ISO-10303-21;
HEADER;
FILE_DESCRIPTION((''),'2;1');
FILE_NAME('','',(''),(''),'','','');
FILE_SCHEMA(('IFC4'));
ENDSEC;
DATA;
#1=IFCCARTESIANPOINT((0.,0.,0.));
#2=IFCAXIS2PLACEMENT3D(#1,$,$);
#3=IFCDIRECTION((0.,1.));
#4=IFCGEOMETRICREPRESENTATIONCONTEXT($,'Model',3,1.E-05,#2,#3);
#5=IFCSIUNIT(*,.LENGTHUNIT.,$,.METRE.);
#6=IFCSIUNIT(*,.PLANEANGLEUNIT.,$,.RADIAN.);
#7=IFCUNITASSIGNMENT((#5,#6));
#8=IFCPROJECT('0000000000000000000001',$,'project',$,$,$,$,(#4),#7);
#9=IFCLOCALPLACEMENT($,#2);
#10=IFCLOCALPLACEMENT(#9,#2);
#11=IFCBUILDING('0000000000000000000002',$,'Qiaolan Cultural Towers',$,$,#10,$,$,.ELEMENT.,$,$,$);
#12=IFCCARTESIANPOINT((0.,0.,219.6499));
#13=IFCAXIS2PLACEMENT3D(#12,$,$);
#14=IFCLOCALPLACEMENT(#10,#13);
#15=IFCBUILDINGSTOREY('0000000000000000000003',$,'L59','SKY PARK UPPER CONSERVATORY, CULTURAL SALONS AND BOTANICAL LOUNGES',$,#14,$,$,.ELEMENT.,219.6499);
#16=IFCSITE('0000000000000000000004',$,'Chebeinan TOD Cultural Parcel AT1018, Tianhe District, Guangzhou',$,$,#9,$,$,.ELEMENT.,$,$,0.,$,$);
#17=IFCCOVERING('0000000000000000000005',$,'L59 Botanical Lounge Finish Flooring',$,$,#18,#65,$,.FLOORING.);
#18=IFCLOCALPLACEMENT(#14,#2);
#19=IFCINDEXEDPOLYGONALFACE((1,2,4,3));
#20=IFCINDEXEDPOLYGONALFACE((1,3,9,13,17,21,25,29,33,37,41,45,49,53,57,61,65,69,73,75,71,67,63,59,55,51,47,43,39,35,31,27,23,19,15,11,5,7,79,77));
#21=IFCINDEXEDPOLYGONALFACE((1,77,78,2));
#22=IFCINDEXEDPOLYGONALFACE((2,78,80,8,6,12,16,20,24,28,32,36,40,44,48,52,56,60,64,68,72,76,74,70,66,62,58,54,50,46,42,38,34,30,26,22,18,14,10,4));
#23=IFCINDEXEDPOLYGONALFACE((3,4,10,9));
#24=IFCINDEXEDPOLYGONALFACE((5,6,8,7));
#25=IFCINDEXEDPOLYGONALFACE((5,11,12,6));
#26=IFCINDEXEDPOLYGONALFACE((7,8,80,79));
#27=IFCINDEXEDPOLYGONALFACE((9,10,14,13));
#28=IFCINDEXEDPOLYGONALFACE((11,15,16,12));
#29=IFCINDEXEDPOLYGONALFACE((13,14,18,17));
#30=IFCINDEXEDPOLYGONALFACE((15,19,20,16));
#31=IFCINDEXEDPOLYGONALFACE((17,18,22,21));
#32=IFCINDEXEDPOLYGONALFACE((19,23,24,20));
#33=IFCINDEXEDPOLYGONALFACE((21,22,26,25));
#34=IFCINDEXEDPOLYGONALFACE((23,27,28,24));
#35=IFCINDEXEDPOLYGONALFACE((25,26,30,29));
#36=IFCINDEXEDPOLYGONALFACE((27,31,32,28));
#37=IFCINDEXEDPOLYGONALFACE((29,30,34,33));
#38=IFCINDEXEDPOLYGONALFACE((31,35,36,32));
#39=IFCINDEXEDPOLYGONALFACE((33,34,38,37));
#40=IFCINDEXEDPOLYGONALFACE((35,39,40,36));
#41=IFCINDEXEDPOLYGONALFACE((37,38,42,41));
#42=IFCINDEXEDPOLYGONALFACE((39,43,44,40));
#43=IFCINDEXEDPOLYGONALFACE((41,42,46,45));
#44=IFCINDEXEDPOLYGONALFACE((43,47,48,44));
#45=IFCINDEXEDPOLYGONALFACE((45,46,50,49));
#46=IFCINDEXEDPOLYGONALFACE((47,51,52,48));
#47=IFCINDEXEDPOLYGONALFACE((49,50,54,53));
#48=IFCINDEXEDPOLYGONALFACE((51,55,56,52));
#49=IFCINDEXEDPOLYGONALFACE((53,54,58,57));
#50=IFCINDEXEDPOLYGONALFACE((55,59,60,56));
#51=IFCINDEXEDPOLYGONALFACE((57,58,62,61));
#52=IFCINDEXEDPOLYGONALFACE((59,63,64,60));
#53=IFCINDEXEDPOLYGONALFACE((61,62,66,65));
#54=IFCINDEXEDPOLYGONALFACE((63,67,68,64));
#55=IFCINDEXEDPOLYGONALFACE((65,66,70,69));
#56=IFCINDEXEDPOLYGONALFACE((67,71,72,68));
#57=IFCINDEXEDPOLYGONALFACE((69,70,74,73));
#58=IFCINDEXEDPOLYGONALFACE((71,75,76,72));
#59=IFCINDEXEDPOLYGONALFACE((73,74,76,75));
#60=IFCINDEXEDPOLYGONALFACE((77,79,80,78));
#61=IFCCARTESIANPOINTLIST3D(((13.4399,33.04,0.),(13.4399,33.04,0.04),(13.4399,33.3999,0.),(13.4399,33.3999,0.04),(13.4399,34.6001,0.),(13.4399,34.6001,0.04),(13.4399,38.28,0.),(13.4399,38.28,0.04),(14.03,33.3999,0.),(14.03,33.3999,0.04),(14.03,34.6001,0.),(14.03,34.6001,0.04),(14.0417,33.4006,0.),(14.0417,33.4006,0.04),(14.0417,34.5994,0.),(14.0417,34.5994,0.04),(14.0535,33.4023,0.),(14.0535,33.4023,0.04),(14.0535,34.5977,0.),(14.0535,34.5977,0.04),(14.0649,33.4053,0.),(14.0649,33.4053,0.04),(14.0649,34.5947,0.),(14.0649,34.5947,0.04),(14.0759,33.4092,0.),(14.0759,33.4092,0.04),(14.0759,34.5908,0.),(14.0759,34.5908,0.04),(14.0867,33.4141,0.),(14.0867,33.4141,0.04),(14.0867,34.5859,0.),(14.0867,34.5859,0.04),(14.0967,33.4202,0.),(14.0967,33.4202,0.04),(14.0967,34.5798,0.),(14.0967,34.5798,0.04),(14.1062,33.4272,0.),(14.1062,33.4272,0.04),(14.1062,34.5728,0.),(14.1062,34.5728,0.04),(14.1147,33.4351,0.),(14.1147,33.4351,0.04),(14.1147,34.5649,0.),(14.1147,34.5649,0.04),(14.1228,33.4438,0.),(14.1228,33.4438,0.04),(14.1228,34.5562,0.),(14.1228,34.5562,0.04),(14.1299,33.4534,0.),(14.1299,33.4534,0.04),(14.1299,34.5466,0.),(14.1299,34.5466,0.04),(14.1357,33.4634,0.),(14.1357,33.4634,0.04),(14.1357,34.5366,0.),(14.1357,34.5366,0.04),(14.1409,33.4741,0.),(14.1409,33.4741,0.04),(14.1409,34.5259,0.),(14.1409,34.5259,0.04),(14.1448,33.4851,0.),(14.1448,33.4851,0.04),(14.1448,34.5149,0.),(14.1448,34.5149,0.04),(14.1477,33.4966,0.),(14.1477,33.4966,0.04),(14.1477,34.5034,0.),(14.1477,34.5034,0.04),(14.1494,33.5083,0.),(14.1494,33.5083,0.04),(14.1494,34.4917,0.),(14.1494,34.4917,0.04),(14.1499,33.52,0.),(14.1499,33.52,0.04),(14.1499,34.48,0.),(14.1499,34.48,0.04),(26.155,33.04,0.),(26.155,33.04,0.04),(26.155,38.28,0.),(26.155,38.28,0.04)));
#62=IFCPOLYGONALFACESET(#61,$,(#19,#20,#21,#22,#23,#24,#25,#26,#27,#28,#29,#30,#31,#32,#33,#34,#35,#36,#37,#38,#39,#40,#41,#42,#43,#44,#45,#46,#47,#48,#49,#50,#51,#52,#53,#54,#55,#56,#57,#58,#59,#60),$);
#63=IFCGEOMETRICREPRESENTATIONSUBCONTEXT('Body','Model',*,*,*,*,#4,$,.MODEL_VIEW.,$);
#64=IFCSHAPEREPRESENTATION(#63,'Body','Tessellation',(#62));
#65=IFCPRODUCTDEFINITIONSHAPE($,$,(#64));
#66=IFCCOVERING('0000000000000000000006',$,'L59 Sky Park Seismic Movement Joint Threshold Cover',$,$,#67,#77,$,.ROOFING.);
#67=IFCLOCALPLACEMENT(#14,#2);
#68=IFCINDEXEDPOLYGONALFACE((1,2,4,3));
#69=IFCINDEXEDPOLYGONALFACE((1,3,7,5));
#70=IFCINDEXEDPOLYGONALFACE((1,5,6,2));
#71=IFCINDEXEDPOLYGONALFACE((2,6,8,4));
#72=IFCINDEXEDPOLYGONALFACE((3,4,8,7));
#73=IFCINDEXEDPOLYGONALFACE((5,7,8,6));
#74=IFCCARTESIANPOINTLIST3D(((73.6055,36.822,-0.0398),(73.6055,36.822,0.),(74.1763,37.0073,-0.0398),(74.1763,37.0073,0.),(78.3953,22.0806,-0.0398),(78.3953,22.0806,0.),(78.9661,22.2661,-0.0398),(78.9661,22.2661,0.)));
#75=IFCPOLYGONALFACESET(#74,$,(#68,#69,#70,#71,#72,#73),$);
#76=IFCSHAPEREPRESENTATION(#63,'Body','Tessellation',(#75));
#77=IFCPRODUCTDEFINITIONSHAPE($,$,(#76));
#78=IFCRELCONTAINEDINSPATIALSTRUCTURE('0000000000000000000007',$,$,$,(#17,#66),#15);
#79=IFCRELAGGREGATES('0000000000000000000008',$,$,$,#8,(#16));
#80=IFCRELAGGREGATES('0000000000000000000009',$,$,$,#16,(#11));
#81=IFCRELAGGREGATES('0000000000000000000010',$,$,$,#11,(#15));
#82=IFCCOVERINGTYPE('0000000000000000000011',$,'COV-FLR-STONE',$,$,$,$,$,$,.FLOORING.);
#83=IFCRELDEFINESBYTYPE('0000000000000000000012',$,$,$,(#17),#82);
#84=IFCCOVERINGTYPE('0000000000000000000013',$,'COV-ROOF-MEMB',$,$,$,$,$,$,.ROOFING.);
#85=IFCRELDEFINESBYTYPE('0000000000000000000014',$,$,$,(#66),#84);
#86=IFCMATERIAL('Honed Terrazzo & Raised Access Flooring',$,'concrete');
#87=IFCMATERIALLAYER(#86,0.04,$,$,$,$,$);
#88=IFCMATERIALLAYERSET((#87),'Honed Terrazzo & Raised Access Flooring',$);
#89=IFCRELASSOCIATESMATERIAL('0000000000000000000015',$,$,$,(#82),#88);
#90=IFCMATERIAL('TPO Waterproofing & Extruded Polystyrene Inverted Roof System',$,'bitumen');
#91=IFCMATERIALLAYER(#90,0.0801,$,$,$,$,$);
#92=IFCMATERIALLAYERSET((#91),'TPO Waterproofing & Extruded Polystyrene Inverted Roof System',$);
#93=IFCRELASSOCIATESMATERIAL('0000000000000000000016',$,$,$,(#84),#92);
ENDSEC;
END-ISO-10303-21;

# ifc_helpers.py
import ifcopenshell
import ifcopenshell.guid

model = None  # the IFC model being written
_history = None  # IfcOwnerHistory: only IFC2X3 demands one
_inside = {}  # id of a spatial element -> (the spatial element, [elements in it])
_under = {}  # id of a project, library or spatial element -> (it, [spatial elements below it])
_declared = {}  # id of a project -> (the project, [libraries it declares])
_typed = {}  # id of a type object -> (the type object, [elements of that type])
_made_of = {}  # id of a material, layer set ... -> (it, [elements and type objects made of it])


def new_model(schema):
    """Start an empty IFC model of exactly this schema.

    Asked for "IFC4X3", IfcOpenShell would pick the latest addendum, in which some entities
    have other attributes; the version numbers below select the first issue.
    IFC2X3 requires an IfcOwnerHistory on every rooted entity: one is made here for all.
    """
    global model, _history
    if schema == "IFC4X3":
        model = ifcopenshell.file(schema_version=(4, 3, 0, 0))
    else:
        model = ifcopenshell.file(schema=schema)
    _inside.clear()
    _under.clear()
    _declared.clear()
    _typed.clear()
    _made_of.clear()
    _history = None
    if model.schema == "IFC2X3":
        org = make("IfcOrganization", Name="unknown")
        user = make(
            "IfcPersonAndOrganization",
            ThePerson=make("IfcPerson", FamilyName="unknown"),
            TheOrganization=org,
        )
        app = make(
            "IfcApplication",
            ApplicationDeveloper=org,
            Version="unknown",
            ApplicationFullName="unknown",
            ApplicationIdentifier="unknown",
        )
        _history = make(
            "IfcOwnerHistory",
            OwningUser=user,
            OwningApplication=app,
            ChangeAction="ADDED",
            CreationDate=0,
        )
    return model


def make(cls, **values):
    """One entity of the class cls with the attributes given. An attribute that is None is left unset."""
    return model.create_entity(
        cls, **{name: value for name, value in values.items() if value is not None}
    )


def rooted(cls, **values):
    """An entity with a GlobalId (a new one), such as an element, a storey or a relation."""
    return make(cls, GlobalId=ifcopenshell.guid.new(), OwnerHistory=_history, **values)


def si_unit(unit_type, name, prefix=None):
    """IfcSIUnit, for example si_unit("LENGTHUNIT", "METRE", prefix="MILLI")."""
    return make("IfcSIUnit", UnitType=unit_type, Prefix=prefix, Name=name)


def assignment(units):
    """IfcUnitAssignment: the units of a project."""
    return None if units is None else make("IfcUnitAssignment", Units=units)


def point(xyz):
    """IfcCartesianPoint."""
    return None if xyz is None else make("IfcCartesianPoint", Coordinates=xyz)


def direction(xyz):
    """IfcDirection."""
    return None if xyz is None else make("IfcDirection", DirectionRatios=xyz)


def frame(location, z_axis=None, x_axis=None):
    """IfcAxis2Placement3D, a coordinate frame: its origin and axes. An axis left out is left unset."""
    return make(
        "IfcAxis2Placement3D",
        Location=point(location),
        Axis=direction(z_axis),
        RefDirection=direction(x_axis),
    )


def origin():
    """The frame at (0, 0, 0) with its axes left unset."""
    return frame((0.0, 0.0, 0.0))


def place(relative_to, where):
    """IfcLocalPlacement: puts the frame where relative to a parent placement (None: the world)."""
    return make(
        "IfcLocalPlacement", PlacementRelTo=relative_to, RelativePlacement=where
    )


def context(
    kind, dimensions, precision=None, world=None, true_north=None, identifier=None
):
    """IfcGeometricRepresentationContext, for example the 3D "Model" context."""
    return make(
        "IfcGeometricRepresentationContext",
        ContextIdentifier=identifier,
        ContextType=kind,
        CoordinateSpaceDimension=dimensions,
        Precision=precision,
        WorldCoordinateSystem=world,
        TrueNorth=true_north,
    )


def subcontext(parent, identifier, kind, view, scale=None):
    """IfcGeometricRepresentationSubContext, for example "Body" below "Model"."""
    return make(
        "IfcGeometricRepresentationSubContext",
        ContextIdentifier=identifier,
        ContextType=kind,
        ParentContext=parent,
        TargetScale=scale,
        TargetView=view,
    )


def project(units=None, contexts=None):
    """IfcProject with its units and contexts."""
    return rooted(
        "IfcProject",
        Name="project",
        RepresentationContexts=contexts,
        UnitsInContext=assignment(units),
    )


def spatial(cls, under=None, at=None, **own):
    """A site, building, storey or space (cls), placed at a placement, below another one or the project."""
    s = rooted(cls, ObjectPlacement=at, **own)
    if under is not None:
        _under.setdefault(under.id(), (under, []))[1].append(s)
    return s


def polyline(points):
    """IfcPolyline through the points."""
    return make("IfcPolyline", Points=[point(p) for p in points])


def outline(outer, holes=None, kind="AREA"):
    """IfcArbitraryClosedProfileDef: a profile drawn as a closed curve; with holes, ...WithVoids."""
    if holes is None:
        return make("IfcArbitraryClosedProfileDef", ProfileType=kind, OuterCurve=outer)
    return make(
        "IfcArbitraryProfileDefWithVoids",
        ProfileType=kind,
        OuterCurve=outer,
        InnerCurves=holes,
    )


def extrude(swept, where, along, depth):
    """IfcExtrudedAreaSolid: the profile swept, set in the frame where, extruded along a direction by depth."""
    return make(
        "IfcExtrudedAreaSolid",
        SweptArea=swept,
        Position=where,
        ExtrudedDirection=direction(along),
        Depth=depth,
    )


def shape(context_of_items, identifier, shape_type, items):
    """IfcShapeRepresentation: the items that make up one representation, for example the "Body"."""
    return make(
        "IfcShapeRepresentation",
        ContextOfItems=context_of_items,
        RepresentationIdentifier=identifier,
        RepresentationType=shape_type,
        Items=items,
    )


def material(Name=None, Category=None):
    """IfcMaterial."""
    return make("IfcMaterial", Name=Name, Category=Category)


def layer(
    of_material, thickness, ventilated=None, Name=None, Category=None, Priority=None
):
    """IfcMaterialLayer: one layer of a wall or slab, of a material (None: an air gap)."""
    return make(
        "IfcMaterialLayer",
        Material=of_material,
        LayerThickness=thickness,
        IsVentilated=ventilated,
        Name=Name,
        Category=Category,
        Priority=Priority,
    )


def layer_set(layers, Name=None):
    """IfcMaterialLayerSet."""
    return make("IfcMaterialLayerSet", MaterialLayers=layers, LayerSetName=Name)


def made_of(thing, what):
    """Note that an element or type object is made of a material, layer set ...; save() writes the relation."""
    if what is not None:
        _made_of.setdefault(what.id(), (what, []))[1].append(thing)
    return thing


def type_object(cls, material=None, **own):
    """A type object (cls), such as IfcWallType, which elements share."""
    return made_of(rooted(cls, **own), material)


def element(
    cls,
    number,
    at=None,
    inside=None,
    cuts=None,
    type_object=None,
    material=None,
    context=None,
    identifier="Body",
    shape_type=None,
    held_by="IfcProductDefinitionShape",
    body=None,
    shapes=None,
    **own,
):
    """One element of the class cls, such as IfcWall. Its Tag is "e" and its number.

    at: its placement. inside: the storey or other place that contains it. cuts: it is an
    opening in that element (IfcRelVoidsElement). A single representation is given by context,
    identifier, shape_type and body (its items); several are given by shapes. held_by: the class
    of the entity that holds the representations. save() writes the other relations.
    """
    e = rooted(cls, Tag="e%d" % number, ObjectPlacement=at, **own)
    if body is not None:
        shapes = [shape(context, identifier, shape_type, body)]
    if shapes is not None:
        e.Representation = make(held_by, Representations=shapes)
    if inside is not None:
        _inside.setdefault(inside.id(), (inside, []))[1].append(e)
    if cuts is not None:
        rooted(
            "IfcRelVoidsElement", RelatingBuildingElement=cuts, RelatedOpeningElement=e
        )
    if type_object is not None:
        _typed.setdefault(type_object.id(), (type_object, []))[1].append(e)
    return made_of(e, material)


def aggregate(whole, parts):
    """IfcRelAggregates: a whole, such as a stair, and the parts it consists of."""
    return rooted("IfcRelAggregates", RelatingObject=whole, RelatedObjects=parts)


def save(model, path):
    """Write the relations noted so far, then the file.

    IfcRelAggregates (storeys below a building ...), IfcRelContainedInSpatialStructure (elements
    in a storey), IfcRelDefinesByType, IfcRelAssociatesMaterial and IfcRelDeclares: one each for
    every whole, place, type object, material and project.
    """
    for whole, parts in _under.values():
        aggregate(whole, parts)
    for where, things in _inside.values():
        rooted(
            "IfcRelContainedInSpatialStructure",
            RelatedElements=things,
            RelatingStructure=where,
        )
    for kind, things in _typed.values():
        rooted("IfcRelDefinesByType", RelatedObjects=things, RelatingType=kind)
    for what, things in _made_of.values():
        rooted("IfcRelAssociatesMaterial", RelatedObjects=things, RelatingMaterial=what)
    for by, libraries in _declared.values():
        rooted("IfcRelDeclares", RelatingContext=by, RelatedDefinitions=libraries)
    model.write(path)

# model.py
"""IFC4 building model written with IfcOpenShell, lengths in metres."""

from ifc_helpers import new_model, si_unit, direction, frame, origin, place, context, subcontext, project, spatial, polyline, outline, extrude, material, layer, layer_set, type_object, element, save


model = new_model("IFC4")

# Units and contexts
model_context = context("Model", 3, precision=1e-05, world=origin(), true_north=direction((0.0, 1.0)))
body_context = subcontext(model_context, "Body", "Model", "MODEL_VIEW")
ifc_project = project(units=[si_unit("LENGTHUNIT", "METRE"), si_unit("PLANEANGLEUNIT", "RADIAN")], contexts=[model_context])

# Site, building, storey
site_placement = place(None, origin())
site = spatial("IfcSite", under=ifc_project, at=site_placement, Name="Chebeinan TOD Cultural Parcel AT1018, Tianhe District, Guangzhou", CompositionType="ELEMENT", RefElevation=0.0)
building_placement = place(site_placement, origin())
building = spatial("IfcBuilding", under=site, at=building_placement, Name="Qiaolan Cultural Towers", CompositionType="ELEMENT")
storey_placement = place(building_placement, frame((0.0, 0.0, 219.6499)))
storey = spatial("IfcBuildingStorey", under=building, at=storey_placement, Name="L59", Description="SKY PARK UPPER CONSERVATORY, CULTURAL SALONS AND BOTANICAL LOUNGES", CompositionType="ELEMENT", Elevation=219.6499)

# Coverings
ifc_material_1 = material(Name="Honed Terrazzo & Raised Access Flooring", Category="concrete")
ifc_layer_1 = layer(ifc_material_1, 0.04)
ifc_layer_set_1 = layer_set([ifc_layer_1], Name="Honed Terrazzo & Raised Access Flooring")
covering_type_1 = type_object("IfcCoveringType", Name="COV-FLR-STONE", PredefinedType="FLOORING", material=ifc_layer_set_1)
covering_1_placement = place(storey_placement, origin())
element("IfcCovering", 1, at=covering_1_placement, inside=storey, type_object=covering_type_1, Name="L59 Botanical Lounge Finish Flooring", PredefinedType="FLOORING", context=body_context, shape_type="SweptSolid", body=[
    extrude(outline(polyline([(13.4399, 34.6001), (14.03, 34.6001), (14.0417, 34.5994), (14.0535, 34.5977), (14.0649, 34.5947), (14.0759, 34.5908), (14.0867, 34.5859), (14.0967, 34.5798), (14.1062, 34.5728), (14.1147, 34.5649), (14.1228, 34.5562), (14.1299, 34.5466), (14.1357, 34.5366), (14.1409, 34.5259), (14.1448, 34.5149), (14.1477, 34.5034), (14.1494, 34.4917), (14.1499, 34.48), (14.1499, 33.52), (14.1494, 33.5083), (14.1477, 33.4966), (14.1448, 33.4851), (14.1409, 33.4741), (14.1357, 33.4634), (14.1299, 33.4534), (14.1228, 33.4438), (14.1147, 33.4351), (14.1062, 33.4272), (14.0967, 33.4202), (14.0867, 33.4141), (14.0759, 33.4092), (14.0649, 33.4053), (14.0535, 33.4023), (14.0417, 33.4006), (14.03, 33.3999), (13.4399, 33.3999), (13.4399, 33.04), (26.155, 33.04), (26.155, 38.28), (13.4399, 38.28), (13.4399, 34.6001)])), origin(), (0.0, 0.0, 1.0), 0.04),
])
ifc_material_2 = material(Name="TPO Waterproofing & Extruded Polystyrene Inverted Roof System", Category="bitumen")
ifc_layer_2 = layer(ifc_material_2, 0.0801)
ifc_layer_set_2 = layer_set([ifc_layer_2], Name="TPO Waterproofing & Extruded Polystyrene Inverted Roof System")
covering_type_2 = type_object("IfcCoveringType", Name="COV-ROOF-MEMB", PredefinedType="ROOFING", material=ifc_layer_set_2)
covering_2_placement = place(storey_placement, frame((0.0, 0.0, -0.0398)))
element("IfcCovering", 2, at=covering_2_placement, inside=storey, type_object=covering_type_2, Name="L59 Sky Park Seismic Movement Joint Threshold Cover", PredefinedType="ROOFING", context=body_context, shape_type="SweptSolid", body=[
    extrude(outline(polyline([(78.3953, 22.0806), (78.9661, 22.2661), (74.1763, 37.0073), (73.6055, 36.822), (78.3953, 22.0806)])), origin(), (0.0, 0.0, 1.0), 0.0398),
])

save(model, "model.ifc")
